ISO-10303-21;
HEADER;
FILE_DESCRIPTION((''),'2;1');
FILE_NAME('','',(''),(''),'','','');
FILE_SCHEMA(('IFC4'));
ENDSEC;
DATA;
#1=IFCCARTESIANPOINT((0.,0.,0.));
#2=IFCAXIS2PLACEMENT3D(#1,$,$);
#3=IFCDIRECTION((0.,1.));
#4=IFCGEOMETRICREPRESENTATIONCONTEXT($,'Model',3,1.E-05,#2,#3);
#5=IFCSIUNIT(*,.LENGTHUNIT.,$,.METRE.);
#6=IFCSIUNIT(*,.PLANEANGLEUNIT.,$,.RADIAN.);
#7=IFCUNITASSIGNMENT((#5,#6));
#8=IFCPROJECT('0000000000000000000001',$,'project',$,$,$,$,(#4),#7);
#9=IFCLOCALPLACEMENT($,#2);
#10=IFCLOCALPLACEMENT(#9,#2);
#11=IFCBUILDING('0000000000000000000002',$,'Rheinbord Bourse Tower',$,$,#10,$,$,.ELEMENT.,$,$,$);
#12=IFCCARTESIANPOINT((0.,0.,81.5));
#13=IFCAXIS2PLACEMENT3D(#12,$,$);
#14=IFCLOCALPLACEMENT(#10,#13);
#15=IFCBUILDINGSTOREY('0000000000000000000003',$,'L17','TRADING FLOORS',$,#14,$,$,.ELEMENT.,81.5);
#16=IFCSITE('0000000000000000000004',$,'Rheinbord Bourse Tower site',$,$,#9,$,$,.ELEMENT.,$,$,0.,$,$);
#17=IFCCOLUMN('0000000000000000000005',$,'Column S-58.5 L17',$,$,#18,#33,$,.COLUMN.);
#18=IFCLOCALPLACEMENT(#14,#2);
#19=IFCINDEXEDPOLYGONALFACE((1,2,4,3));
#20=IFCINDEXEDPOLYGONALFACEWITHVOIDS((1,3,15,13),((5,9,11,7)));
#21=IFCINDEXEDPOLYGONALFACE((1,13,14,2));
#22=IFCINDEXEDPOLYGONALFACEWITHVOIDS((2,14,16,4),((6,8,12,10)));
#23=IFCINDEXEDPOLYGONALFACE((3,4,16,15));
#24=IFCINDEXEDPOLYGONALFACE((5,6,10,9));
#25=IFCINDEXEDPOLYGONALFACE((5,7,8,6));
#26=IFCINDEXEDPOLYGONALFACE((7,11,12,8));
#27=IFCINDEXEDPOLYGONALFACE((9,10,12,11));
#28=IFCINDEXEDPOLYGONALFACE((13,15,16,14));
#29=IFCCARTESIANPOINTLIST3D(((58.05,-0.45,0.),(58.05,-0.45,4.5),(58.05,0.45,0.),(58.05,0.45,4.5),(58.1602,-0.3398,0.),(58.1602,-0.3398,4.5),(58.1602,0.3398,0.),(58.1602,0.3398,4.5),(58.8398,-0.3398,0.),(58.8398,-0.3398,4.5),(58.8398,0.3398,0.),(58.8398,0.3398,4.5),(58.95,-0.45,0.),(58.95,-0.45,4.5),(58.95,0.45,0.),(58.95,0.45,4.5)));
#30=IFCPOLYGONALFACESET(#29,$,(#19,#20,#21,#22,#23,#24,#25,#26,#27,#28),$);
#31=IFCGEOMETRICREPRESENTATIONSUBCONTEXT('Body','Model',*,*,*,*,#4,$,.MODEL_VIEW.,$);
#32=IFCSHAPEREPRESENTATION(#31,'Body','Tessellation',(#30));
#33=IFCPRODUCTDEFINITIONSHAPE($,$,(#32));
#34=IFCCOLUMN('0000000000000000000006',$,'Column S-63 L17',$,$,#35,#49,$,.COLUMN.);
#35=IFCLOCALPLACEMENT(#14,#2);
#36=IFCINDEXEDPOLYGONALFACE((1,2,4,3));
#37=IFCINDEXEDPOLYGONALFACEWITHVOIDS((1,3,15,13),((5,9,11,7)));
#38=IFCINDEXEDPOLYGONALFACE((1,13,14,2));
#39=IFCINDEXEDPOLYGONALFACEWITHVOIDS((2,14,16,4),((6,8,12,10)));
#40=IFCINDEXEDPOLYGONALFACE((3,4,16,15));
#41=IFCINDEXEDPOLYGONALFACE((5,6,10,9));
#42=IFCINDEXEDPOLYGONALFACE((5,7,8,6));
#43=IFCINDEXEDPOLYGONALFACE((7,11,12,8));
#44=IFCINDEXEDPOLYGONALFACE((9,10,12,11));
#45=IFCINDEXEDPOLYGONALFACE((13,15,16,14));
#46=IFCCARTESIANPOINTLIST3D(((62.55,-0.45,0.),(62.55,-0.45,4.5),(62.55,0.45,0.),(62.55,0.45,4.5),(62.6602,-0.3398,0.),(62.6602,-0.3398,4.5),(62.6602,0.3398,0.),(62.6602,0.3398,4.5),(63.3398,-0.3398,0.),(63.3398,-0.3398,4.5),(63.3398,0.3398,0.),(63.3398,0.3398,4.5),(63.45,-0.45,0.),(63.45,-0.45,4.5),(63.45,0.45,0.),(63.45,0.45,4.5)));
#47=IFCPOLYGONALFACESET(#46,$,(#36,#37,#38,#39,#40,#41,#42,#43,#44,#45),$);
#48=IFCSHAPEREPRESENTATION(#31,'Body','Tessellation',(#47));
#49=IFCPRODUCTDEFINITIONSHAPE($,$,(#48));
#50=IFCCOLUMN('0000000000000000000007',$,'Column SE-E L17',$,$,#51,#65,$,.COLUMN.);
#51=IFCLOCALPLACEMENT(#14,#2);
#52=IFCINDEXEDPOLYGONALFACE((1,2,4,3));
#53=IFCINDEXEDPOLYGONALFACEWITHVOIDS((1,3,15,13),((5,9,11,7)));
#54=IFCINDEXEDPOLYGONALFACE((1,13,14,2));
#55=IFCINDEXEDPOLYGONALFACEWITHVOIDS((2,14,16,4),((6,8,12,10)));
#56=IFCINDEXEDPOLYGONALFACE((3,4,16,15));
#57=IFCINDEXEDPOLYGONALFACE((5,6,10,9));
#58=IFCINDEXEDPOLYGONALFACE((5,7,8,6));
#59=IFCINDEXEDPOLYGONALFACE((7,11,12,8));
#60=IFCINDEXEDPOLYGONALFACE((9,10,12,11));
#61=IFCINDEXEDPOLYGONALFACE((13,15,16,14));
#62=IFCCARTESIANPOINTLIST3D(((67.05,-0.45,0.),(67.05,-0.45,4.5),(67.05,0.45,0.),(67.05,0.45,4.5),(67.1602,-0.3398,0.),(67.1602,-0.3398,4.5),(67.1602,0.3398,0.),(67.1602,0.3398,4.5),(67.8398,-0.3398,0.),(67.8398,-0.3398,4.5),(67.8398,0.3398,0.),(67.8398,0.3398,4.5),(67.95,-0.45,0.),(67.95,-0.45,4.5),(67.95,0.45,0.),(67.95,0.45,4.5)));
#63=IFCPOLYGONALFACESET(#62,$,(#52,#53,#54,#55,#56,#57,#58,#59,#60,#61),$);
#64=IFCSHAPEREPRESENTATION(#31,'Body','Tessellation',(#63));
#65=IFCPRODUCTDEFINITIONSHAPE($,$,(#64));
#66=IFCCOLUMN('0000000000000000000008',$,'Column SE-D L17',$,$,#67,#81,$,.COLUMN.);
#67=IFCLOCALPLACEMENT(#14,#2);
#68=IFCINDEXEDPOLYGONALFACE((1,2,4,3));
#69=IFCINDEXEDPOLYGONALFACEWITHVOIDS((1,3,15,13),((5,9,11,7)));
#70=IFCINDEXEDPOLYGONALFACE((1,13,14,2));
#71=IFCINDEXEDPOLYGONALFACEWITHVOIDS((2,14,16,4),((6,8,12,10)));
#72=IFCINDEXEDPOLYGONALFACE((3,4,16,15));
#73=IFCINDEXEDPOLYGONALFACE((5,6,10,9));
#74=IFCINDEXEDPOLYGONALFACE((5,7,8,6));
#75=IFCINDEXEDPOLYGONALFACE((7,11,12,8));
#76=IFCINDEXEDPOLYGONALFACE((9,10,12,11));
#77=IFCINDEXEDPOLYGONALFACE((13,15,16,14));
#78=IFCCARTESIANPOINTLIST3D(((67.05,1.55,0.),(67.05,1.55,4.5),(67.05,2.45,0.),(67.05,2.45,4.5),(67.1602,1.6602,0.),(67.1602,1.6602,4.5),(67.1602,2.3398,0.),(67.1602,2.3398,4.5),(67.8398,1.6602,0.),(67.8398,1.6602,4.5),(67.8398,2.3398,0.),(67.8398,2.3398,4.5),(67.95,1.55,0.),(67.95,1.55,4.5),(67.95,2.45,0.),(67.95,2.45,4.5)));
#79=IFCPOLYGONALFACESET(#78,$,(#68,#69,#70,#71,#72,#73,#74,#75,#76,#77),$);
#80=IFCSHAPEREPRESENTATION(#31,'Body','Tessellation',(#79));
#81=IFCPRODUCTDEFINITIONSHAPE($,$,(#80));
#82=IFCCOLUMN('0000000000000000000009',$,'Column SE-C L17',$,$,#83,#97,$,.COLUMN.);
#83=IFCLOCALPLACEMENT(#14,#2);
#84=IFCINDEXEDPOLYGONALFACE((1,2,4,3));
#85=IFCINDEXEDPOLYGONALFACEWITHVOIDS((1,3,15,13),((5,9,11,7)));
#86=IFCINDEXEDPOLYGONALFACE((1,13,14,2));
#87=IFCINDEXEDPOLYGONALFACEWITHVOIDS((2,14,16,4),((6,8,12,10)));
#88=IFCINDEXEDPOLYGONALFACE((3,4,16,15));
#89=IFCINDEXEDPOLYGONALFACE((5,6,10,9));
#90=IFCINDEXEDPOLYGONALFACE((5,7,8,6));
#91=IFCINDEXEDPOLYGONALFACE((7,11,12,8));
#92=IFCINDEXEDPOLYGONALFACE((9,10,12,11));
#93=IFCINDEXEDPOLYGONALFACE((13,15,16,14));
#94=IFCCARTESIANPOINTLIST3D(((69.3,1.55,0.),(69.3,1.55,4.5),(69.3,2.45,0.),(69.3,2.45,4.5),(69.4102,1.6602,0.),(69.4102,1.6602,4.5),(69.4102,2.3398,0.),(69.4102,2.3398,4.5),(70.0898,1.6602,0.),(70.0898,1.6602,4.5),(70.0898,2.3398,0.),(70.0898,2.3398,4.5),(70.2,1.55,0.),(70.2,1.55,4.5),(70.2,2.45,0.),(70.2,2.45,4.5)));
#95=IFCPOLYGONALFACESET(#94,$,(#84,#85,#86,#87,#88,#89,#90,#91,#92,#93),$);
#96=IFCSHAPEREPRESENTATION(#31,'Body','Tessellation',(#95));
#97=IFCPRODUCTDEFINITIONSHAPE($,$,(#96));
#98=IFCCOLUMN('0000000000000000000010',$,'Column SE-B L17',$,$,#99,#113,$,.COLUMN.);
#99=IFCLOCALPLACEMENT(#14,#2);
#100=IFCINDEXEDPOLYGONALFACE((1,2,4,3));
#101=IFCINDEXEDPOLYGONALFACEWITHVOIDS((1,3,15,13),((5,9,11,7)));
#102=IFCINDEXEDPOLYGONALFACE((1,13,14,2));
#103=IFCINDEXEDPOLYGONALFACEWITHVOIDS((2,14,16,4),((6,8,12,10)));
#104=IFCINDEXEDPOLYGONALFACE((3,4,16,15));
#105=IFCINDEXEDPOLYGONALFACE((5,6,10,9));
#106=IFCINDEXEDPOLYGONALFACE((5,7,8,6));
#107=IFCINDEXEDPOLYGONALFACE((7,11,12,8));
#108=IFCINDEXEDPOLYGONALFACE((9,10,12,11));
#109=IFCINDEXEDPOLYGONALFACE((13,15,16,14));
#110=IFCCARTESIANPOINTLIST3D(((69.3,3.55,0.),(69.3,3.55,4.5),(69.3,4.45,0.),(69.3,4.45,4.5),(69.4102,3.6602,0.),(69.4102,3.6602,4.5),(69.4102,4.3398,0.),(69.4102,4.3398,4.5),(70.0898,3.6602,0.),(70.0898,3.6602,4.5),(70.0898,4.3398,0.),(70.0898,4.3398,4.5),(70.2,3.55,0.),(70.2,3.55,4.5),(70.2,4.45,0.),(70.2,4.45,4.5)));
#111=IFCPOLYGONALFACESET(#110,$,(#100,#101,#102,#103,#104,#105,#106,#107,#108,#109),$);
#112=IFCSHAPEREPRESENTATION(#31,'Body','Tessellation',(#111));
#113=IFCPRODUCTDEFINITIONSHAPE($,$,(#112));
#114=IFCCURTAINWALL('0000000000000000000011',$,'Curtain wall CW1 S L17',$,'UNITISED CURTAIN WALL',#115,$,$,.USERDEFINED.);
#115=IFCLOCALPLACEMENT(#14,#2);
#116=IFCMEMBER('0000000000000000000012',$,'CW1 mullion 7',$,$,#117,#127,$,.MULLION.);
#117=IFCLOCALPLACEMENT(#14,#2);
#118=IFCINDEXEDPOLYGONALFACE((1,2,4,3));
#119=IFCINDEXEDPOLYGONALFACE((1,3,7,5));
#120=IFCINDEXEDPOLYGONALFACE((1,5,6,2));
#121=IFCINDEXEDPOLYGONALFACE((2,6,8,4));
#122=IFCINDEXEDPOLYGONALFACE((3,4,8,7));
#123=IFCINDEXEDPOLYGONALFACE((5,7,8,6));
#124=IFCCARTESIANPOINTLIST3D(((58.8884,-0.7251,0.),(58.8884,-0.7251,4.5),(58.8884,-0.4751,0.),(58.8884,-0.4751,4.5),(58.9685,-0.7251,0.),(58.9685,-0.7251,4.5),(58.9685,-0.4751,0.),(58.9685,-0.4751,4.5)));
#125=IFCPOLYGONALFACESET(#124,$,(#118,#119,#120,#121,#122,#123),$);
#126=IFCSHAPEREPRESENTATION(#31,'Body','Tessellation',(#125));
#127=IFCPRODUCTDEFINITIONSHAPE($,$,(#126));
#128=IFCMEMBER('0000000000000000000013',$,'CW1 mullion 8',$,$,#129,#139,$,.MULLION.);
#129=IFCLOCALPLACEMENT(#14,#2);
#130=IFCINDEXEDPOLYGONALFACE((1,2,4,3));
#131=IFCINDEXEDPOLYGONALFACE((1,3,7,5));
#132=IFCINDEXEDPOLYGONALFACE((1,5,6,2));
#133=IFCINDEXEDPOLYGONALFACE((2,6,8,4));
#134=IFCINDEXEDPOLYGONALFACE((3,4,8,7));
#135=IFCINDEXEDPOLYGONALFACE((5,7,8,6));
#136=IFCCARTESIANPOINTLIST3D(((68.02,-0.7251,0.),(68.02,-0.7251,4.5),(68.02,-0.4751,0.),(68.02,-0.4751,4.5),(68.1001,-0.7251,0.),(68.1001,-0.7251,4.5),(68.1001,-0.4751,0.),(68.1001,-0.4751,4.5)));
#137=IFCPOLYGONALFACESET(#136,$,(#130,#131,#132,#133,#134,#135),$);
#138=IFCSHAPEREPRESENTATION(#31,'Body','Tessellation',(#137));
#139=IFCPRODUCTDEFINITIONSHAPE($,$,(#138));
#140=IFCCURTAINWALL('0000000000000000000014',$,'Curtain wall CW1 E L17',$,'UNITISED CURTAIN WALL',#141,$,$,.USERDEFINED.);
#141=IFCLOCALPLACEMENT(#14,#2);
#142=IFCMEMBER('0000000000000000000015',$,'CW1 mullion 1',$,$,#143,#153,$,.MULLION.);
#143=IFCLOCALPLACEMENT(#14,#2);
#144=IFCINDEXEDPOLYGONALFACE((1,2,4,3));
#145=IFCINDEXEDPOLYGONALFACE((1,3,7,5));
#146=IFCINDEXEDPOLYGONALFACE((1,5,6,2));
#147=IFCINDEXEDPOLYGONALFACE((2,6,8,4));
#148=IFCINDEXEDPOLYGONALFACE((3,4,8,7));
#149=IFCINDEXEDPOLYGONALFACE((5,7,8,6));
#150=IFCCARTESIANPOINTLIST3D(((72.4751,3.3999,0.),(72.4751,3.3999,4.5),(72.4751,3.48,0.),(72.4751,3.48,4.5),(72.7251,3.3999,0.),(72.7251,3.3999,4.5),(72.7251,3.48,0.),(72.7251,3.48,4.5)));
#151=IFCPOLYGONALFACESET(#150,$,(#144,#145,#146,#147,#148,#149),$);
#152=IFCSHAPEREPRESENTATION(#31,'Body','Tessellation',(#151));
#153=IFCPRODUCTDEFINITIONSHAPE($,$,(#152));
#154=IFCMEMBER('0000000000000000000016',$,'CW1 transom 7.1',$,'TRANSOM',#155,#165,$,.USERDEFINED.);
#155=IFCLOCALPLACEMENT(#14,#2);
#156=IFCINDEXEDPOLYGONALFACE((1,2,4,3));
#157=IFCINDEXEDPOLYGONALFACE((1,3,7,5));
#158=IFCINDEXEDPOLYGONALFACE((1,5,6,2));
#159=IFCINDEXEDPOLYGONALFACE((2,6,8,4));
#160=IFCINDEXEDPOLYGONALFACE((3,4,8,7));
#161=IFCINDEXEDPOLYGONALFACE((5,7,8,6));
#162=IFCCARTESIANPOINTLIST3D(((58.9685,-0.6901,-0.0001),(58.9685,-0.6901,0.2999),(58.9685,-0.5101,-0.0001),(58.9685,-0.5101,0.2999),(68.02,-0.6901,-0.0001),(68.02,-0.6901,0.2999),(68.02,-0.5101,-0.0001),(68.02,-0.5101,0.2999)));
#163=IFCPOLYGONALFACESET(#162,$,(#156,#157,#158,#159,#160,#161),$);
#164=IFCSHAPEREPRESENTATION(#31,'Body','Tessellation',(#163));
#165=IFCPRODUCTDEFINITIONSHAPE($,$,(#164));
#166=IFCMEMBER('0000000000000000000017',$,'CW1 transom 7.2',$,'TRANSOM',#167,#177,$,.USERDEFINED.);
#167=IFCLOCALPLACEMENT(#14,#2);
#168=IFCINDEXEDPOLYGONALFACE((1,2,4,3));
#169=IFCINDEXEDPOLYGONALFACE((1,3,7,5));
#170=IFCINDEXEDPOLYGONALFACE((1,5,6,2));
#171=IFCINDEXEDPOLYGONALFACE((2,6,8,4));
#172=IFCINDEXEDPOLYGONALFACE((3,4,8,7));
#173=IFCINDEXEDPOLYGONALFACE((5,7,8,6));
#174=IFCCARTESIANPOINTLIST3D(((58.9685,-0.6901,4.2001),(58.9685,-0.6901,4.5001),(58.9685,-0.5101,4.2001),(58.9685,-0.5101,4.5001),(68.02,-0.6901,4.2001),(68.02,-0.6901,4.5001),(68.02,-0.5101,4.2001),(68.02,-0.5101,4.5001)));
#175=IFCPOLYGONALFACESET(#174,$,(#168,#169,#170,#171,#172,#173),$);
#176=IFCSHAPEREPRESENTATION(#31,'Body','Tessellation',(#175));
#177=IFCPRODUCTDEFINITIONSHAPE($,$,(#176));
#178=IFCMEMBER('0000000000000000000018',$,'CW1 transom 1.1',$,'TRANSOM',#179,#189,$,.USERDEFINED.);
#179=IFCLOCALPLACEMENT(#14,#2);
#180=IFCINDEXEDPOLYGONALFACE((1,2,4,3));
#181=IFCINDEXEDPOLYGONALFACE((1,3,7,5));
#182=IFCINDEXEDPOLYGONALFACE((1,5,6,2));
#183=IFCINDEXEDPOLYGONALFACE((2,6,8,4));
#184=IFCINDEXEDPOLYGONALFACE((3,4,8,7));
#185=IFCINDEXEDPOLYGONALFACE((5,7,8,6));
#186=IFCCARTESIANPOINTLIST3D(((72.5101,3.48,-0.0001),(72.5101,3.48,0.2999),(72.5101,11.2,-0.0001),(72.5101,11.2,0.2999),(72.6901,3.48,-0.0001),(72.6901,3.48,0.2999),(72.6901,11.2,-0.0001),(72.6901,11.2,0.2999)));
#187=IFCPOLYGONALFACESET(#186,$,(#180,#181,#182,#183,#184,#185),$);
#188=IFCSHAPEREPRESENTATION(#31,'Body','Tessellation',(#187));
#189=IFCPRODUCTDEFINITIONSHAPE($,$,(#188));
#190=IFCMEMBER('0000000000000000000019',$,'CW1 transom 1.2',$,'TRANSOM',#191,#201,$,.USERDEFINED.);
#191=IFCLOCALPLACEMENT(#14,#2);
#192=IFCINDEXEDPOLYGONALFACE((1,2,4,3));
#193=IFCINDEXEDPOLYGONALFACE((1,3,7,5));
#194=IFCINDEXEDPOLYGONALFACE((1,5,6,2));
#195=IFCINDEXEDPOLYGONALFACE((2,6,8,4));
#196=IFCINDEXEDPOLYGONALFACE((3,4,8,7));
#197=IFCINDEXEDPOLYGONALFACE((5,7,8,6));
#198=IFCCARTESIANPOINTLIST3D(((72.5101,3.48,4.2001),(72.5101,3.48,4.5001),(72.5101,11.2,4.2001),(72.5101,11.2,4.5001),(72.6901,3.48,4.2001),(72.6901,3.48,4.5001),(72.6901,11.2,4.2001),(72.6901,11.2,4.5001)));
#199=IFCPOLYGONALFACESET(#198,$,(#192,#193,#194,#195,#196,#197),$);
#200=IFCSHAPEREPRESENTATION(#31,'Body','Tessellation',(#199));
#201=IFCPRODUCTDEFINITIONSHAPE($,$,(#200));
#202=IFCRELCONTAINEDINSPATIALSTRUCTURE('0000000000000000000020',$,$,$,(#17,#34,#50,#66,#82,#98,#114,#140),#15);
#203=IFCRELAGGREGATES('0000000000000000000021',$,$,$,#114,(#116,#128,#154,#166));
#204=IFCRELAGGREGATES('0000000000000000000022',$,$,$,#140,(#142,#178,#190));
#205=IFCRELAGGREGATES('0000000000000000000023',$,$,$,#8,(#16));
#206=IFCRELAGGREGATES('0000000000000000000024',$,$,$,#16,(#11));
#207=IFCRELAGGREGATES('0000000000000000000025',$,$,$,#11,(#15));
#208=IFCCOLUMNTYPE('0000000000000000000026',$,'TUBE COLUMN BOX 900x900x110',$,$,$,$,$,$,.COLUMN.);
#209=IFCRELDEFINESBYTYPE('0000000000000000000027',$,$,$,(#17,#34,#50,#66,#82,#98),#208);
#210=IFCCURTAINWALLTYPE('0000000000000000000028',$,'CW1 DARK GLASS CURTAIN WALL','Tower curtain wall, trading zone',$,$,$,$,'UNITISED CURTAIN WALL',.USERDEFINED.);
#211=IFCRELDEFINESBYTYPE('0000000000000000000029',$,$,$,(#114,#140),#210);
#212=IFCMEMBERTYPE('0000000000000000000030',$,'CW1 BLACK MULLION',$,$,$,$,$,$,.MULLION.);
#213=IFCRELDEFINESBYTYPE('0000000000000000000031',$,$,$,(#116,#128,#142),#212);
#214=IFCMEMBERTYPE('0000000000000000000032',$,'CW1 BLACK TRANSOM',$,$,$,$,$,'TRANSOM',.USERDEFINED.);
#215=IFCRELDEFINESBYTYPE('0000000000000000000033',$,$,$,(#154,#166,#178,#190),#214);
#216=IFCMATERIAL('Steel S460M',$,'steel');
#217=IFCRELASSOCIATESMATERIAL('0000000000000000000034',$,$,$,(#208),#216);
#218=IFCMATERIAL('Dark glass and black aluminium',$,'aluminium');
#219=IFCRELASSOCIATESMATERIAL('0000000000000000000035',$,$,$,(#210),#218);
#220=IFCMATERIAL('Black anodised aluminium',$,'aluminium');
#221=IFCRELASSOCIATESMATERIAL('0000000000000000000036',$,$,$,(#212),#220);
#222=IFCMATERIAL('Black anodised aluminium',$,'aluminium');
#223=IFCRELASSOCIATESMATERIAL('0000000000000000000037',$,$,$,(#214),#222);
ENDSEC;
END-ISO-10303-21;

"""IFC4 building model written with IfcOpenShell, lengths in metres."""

from ifc_helpers import new_model, si_unit, direction, frame, origin, origin_2d, place, context, subcontext, project, spatial, rectangle, hollow_rectangle, extrude, material, material_profile, profile_set, type_object, element, aggregate, save


model = new_model("IFC4")

# Units and contexts
model_context = context("Model", 3, precision=1e-05, world=origin(), true_north=direction((0.0, 1.0)))
body_context = subcontext(model_context, "Body", "Model", "MODEL_VIEW")
ifc_project = project(units=[si_unit("LENGTHUNIT", "METRE"), si_unit("PLANEANGLEUNIT", "RADIAN")], contexts=[model_context])

# Site, building, storey
site_placement = place(None, origin())
site = spatial("IfcSite", under=ifc_project, at=site_placement, Name="Rheinbord Bourse Tower site", CompositionType="ELEMENT", RefElevation=0.0)
building_placement = place(site_placement, origin())
building = spatial("IfcBuilding", under=site, at=building_placement, Name="Rheinbord Bourse Tower", CompositionType="ELEMENT")
storey_placement = place(building_placement, frame((0.0, 0.0, 81.5)))
storey = spatial("IfcBuildingStorey", under=building, at=storey_placement, Name="L17", Description="TRADING FLOORS", CompositionType="ELEMENT", Elevation=81.5)

# Columns
ifc_material_1 = material(Name="Steel S460M", Category="steel")
ifc_material_profile_1 = material_profile(ifc_material_1, hollow_rectangle(XDim=0.8999, YDim=0.8999, WallThickness=0.1101, at=origin_2d()), Name="BOX 900x900x110")
ifc_profile_set_1 = profile_set([ifc_material_profile_1], Name="Steel S460M")
column_type = type_object("IfcColumnType", Name="TUBE COLUMN BOX 900x900x110", PredefinedType="COLUMN", material=ifc_profile_set_1)
for number, where, z_axis, x_axis, name in (
    (1, (58.5, 0.0, 0.0), (0.0, 0.0, 1.0), (0.0, 1.0, 0.0), "Column S-58.5 L17"),
    (2, (63.0, 0.0, 0.0), (0.0, 0.0, 1.0), (0.0, 1.0, 0.0), "Column S-63 L17"),
    (3, (67.5, 0.0, 0.0), (0.0, 0.0, 1.0), (0.0, 1.0, 0.0), "Column SE-E L17"),
    (4, (67.5, 2.0, 0.0), (0.0, 0.0, 1.0), (0.0, 1.0, 0.0), "Column SE-D L17"),
    (5, (69.75, 2.0, 0.0), (0.0, 0.0, 1.0), (1.0, 0.0, 0.0), "Column SE-C L17"),
    (6, (69.75, 4.0, 0.0), (0.0, 0.0, 1.0), (1.0, 0.0, 0.0), "Column SE-B L17"),
):
    element("IfcColumn", number, at=place(storey_placement, frame(where, z_axis=z_axis, x_axis=x_axis)), inside=storey, type_object=column_type, Name=name, PredefinedType="COLUMN", context=body_context, shape_type="SweptSolid", body=[
        extrude(hollow_rectangle(XDim=0.8999, YDim=0.8999, WallThickness=0.1101, at=origin_2d()), origin(), (0.0, 0.0, 1.0), 4.5),
    ])

# Curtain wall, members
ifc_material_2 = material(Name="Dark glass and black aluminium", Category="aluminium")
curtain_wall_type = type_object("IfcCurtainWallType", Name="CW1 DARK GLASS CURTAIN WALL", Description="Tower curtain wall, trading zone", ElementType="UNITISED CURTAIN WALL", PredefinedType="USERDEFINED", material=ifc_material_2)
curtain_wall_1_placement = place(storey_placement, origin())
curtain_wall_1 = element("IfcCurtainWall", 7, at=curtain_wall_1_placement, inside=storey, type_object=curtain_wall_type, Name="Curtain wall CW1 S L17", ObjectType="UNITISED CURTAIN WALL", PredefinedType="USERDEFINED")
ifc_material_3 = material(Name="Black anodised aluminium", Category="aluminium")
ifc_material_profile_2 = material_profile(ifc_material_3, rectangle(XDim=0.25, YDim=0.0801, at=origin_2d()), Name="CW1 MULLION 80x250")
ifc_profile_set_2 = profile_set([ifc_material_profile_2], Name="Black anodised aluminium")
member_type_1 = type_object("IfcMemberType", Name="CW1 BLACK MULLION", PredefinedType="MULLION", material=ifc_profile_set_2)
member_1_placement = place(storey_placement, frame((58.9285, -0.6001, 0.0), z_axis=(0.0, 0.0, 1.0), x_axis=(0.0, 1.0, 0.0)))
member_1 = element("IfcMember", 8, at=member_1_placement, type_object=member_type_1, Name="CW1 mullion 7", PredefinedType="MULLION", context=body_context, shape_type="SweptSolid", body=[
    extrude(rectangle(XDim=0.25, YDim=0.0801, at=origin_2d()), origin(), (0.0, 0.0, 1.0), 4.5),
])
member_2_placement = place(storey_placement, frame((68.0601, -0.6001, 0.0), z_axis=(0.0, 0.0, 1.0), x_axis=(0.0, 1.0, 0.0)))
member_2 = element("IfcMember", 9, at=member_2_placement, type_object=member_type_1, Name="CW1 mullion 8", PredefinedType="MULLION", context=body_context, shape_type="SweptSolid", body=[
    extrude(rectangle(XDim=0.25, YDim=0.0801, at=origin_2d()), origin(), (0.0, 0.0, 1.0), 4.5),
])

# Curtain wall, member
curtain_wall_2_placement = place(storey_placement, origin())
curtain_wall_2 = element("IfcCurtainWall", 10, at=curtain_wall_2_placement, inside=storey, type_object=curtain_wall_type, Name="Curtain wall CW1 E L17", ObjectType="UNITISED CURTAIN WALL", PredefinedType="USERDEFINED")
member_3_placement = place(storey_placement, frame((72.6001, 3.4399, 0.0), z_axis=(0.0, 0.0, 1.0), x_axis=(-1.0, 0.0, 0.0)))
member_3 = element("IfcMember", 11, at=member_3_placement, type_object=member_type_1, Name="CW1 mullion 1", PredefinedType="MULLION", context=body_context, shape_type="SweptSolid", body=[
    extrude(rectangle(XDim=0.25, YDim=0.0801, at=origin_2d()), origin(), (0.0, 0.0, 1.0), 4.5),
])

# Members
ifc_material_4 = material(Name="Black anodised aluminium", Category="aluminium")
ifc_material_profile_3 = material_profile(ifc_material_4, rectangle(XDim=0.1799, YDim=0.3, at=origin_2d()), Name="CW1 TRANSOM 300x180")
ifc_profile_set_3 = profile_set([ifc_material_profile_3], Name="Black anodised aluminium")
member_type_2 = type_object("IfcMemberType", Name="CW1 BLACK TRANSOM", ElementType="TRANSOM", PredefinedType="USERDEFINED", material=ifc_profile_set_3)
member_4_placement = place(storey_placement, frame((58.9685, -0.6001, 0.1499), z_axis=(1.0, 0.0, 0.0), x_axis=(0.0, 1.0, 0.0)))
member_4 = element("IfcMember", 12, at=member_4_placement, type_object=member_type_2, Name="CW1 transom 7.1", ObjectType="TRANSOM", PredefinedType="USERDEFINED", context=body_context, shape_type="SweptSolid", body=[
    extrude(rectangle(XDim=0.1799, YDim=0.3, at=origin_2d()), origin(), (0.0, 0.0, 1.0), 9.0515),
])
member_5_placement = place(storey_placement, frame((58.9685, -0.6001, 4.3501), z_axis=(1.0, 0.0, 0.0), x_axis=(0.0, 1.0, 0.0)))
member_5 = element("IfcMember", 13, at=member_5_placement, type_object=member_type_2, Name="CW1 transom 7.2", ObjectType="TRANSOM", PredefinedType="USERDEFINED", context=body_context, shape_type="SweptSolid", body=[
    extrude(rectangle(XDim=0.1799, YDim=0.3, at=origin_2d()), origin(), (0.0, 0.0, 1.0), 9.0515),
])
member_6_placement = place(storey_placement, frame((72.6001, 3.48, 0.1499), z_axis=(0.0, 1.0, 0.0), x_axis=(-1.0, 0.0, 0.0)))
member_6 = element("IfcMember", 14, at=member_6_placement, type_object=member_type_2, Name="CW1 transom 1.1", ObjectType="TRANSOM", PredefinedType="USERDEFINED", context=body_context, shape_type="SweptSolid", body=[
    extrude(rectangle(XDim=0.1799, YDim=0.3, at=origin_2d()), origin(), (0.0, 0.0, 1.0), 7.72),
])
member_7_placement = place(storey_placement, frame((72.6001, 3.48, 4.3501), z_axis=(0.0, 1.0, 0.0), x_axis=(-1.0, 0.0, 0.0)))
member_7 = element("IfcMember", 15, at=member_7_placement, type_object=member_type_2, Name="CW1 transom 1.2", ObjectType="TRANSOM", PredefinedType="USERDEFINED", context=body_context, shape_type="SweptSolid", body=[
    extrude(rectangle(XDim=0.1799, YDim=0.3, at=origin_2d()), origin(), (0.0, 0.0, 1.0), 7.72),
])

aggregate(curtain_wall_1, [member_1, member_2, member_4, member_5])
aggregate(curtain_wall_2, [member_3, member_6, member_7])

save(model, "model.ifc")
